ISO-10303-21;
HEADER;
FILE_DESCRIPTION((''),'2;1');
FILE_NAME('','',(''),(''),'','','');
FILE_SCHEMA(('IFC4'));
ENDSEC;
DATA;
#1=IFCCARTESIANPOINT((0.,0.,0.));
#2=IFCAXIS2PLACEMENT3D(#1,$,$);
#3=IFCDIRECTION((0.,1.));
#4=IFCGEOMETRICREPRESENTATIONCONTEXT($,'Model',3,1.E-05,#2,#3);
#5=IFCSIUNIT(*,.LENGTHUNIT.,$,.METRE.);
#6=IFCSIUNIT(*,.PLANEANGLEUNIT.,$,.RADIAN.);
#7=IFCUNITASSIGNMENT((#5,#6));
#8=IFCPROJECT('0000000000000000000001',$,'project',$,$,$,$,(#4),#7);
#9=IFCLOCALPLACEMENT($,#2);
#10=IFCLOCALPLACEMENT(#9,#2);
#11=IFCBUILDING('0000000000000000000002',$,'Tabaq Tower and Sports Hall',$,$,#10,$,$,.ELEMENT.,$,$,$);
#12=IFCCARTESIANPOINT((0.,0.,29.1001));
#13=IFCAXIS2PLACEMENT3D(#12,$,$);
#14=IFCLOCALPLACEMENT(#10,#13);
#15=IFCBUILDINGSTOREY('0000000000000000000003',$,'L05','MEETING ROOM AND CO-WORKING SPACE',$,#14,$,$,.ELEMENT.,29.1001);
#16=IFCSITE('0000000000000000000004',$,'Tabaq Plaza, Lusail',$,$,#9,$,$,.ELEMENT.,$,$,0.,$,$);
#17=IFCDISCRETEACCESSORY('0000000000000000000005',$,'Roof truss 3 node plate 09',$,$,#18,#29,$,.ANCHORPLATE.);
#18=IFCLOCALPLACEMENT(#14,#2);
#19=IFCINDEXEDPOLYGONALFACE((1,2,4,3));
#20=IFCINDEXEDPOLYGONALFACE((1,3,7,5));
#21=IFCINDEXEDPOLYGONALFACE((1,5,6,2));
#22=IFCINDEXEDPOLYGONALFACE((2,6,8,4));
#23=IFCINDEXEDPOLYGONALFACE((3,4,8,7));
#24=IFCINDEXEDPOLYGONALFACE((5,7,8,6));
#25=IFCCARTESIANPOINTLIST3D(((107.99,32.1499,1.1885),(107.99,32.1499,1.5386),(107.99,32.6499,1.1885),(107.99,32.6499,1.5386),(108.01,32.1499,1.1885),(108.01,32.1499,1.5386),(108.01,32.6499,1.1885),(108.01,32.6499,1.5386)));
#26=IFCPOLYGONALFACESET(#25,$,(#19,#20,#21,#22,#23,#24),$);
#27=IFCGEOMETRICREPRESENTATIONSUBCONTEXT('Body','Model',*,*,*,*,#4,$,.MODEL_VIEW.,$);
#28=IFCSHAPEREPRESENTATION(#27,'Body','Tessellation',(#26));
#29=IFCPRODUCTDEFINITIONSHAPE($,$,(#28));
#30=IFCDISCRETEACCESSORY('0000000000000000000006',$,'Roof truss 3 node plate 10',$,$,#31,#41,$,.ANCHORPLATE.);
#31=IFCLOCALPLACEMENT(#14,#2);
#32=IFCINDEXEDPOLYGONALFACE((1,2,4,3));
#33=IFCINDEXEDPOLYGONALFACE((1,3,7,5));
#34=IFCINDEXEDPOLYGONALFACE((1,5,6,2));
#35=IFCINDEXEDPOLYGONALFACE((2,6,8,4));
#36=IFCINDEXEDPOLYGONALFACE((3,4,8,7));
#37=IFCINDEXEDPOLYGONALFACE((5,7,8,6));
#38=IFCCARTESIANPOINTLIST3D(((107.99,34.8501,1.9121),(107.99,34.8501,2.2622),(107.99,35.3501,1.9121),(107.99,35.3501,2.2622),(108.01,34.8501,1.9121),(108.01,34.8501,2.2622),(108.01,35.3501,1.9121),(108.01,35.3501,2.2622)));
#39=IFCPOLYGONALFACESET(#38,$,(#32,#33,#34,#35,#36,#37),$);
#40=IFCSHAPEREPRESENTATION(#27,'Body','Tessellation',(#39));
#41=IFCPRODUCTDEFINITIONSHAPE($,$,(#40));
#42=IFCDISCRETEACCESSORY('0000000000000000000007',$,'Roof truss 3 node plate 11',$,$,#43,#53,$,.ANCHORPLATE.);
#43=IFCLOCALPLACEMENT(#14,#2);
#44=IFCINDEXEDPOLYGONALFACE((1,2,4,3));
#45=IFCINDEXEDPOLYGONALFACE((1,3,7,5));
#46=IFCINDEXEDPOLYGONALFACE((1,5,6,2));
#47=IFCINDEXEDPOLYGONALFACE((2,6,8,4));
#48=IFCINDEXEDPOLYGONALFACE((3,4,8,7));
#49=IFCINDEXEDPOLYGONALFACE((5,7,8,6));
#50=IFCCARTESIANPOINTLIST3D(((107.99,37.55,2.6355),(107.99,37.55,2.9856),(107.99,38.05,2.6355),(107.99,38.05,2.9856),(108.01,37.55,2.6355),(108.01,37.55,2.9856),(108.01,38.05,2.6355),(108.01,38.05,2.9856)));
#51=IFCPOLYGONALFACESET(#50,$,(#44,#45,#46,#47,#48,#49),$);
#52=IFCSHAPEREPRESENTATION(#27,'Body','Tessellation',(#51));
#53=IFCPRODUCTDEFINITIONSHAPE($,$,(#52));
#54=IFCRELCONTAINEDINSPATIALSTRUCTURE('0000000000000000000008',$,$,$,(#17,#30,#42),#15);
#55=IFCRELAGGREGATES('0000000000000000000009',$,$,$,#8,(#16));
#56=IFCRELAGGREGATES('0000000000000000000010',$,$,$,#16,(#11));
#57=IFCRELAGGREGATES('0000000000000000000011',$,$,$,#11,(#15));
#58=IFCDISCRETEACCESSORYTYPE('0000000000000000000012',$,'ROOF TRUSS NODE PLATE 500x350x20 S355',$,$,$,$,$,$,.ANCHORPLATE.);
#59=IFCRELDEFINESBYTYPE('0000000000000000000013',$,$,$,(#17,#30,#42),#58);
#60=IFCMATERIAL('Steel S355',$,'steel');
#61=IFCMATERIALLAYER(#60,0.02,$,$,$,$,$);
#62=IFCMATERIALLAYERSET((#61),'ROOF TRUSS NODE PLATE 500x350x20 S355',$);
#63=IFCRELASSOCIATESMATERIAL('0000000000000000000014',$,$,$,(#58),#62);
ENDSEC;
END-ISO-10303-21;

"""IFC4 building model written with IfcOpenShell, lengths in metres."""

from ifc_helpers import new_model, si_unit, direction, frame, origin, origin_2d, place, context, subcontext, project, spatial, rectangle, extrude, material, layer, layer_set, type_object, element, save


model = new_model("IFC4")

# Units and contexts
model_context = context("Model", 3, precision=1e-05, world=origin(), true_north=direction((0.0, 1.0)))
body_context = subcontext(model_context, "Body", "Model", "MODEL_VIEW")
ifc_project = project(units=[si_unit("LENGTHUNIT", "METRE"), si_unit("PLANEANGLEUNIT", "RADIAN")], contexts=[model_context])

# Site, building, storey
site_placement = place(None, origin())
site = spatial("IfcSite", under=ifc_project, at=site_placement, Name="Tabaq Plaza, Lusail", CompositionType="ELEMENT", RefElevation=0.0)
building_placement = place(site_placement, origin())
building = spatial("IfcBuilding", under=site, at=building_placement, Name="Tabaq Tower and Sports Hall", CompositionType="ELEMENT")
storey_placement = place(building_placement, frame((0.0, 0.0, 29.1001)))
storey = spatial("IfcBuildingStorey", under=building, at=storey_placement, Name="L05", Description="MEETING ROOM AND CO-WORKING SPACE", CompositionType="ELEMENT", Elevation=29.1001)

# Discrete accessories
ifc_material_1 = material(Name="Steel S355", Category="steel")
ifc_layer_1 = layer(ifc_material_1, 0.02)
ifc_layer_set_1 = layer_set([ifc_layer_1], Name="ROOF TRUSS NODE PLATE 500x350x20 S355")
discrete_accessory_type_1 = type_object("IfcDiscreteAccessoryType", Name="ROOF TRUSS NODE PLATE 500x350x20 S355", PredefinedType="ANCHORPLATE", material=ifc_layer_set_1)
for number, where, z_axis, x_axis, name in (
    (1, (108.0, 32.3999, 1.1885), (0.0, 0.0, 1.0), (1.0, 0.0, 0.0), "Roof truss 3 node plate 09"),
    (2, (108.0, 35.1001, 1.9121), (0.0, 0.0, 1.0), (1.0, 0.0, 0.0), "Roof truss 3 node plate 10"),
    (3, (108.0, 37.8, 2.6355), (0.0, 0.0, 1.0), (1.0, 0.0, 0.0), "Roof truss 3 node plate 11"),
):
    element("IfcDiscreteAccessory", number, at=place(storey_placement, frame(where, z_axis=z_axis, x_axis=x_axis)), inside=storey, type_object=discrete_accessory_type_1, Name=name, PredefinedType="ANCHORPLATE", context=body_context, shape_type="SweptSolid", body=[
        extrude(rectangle(XDim=0.02, YDim=0.5, at=origin_2d()), origin(), (0.0, 0.0, 1.0), 0.3501),
    ])

save(model, "model.ifc")
